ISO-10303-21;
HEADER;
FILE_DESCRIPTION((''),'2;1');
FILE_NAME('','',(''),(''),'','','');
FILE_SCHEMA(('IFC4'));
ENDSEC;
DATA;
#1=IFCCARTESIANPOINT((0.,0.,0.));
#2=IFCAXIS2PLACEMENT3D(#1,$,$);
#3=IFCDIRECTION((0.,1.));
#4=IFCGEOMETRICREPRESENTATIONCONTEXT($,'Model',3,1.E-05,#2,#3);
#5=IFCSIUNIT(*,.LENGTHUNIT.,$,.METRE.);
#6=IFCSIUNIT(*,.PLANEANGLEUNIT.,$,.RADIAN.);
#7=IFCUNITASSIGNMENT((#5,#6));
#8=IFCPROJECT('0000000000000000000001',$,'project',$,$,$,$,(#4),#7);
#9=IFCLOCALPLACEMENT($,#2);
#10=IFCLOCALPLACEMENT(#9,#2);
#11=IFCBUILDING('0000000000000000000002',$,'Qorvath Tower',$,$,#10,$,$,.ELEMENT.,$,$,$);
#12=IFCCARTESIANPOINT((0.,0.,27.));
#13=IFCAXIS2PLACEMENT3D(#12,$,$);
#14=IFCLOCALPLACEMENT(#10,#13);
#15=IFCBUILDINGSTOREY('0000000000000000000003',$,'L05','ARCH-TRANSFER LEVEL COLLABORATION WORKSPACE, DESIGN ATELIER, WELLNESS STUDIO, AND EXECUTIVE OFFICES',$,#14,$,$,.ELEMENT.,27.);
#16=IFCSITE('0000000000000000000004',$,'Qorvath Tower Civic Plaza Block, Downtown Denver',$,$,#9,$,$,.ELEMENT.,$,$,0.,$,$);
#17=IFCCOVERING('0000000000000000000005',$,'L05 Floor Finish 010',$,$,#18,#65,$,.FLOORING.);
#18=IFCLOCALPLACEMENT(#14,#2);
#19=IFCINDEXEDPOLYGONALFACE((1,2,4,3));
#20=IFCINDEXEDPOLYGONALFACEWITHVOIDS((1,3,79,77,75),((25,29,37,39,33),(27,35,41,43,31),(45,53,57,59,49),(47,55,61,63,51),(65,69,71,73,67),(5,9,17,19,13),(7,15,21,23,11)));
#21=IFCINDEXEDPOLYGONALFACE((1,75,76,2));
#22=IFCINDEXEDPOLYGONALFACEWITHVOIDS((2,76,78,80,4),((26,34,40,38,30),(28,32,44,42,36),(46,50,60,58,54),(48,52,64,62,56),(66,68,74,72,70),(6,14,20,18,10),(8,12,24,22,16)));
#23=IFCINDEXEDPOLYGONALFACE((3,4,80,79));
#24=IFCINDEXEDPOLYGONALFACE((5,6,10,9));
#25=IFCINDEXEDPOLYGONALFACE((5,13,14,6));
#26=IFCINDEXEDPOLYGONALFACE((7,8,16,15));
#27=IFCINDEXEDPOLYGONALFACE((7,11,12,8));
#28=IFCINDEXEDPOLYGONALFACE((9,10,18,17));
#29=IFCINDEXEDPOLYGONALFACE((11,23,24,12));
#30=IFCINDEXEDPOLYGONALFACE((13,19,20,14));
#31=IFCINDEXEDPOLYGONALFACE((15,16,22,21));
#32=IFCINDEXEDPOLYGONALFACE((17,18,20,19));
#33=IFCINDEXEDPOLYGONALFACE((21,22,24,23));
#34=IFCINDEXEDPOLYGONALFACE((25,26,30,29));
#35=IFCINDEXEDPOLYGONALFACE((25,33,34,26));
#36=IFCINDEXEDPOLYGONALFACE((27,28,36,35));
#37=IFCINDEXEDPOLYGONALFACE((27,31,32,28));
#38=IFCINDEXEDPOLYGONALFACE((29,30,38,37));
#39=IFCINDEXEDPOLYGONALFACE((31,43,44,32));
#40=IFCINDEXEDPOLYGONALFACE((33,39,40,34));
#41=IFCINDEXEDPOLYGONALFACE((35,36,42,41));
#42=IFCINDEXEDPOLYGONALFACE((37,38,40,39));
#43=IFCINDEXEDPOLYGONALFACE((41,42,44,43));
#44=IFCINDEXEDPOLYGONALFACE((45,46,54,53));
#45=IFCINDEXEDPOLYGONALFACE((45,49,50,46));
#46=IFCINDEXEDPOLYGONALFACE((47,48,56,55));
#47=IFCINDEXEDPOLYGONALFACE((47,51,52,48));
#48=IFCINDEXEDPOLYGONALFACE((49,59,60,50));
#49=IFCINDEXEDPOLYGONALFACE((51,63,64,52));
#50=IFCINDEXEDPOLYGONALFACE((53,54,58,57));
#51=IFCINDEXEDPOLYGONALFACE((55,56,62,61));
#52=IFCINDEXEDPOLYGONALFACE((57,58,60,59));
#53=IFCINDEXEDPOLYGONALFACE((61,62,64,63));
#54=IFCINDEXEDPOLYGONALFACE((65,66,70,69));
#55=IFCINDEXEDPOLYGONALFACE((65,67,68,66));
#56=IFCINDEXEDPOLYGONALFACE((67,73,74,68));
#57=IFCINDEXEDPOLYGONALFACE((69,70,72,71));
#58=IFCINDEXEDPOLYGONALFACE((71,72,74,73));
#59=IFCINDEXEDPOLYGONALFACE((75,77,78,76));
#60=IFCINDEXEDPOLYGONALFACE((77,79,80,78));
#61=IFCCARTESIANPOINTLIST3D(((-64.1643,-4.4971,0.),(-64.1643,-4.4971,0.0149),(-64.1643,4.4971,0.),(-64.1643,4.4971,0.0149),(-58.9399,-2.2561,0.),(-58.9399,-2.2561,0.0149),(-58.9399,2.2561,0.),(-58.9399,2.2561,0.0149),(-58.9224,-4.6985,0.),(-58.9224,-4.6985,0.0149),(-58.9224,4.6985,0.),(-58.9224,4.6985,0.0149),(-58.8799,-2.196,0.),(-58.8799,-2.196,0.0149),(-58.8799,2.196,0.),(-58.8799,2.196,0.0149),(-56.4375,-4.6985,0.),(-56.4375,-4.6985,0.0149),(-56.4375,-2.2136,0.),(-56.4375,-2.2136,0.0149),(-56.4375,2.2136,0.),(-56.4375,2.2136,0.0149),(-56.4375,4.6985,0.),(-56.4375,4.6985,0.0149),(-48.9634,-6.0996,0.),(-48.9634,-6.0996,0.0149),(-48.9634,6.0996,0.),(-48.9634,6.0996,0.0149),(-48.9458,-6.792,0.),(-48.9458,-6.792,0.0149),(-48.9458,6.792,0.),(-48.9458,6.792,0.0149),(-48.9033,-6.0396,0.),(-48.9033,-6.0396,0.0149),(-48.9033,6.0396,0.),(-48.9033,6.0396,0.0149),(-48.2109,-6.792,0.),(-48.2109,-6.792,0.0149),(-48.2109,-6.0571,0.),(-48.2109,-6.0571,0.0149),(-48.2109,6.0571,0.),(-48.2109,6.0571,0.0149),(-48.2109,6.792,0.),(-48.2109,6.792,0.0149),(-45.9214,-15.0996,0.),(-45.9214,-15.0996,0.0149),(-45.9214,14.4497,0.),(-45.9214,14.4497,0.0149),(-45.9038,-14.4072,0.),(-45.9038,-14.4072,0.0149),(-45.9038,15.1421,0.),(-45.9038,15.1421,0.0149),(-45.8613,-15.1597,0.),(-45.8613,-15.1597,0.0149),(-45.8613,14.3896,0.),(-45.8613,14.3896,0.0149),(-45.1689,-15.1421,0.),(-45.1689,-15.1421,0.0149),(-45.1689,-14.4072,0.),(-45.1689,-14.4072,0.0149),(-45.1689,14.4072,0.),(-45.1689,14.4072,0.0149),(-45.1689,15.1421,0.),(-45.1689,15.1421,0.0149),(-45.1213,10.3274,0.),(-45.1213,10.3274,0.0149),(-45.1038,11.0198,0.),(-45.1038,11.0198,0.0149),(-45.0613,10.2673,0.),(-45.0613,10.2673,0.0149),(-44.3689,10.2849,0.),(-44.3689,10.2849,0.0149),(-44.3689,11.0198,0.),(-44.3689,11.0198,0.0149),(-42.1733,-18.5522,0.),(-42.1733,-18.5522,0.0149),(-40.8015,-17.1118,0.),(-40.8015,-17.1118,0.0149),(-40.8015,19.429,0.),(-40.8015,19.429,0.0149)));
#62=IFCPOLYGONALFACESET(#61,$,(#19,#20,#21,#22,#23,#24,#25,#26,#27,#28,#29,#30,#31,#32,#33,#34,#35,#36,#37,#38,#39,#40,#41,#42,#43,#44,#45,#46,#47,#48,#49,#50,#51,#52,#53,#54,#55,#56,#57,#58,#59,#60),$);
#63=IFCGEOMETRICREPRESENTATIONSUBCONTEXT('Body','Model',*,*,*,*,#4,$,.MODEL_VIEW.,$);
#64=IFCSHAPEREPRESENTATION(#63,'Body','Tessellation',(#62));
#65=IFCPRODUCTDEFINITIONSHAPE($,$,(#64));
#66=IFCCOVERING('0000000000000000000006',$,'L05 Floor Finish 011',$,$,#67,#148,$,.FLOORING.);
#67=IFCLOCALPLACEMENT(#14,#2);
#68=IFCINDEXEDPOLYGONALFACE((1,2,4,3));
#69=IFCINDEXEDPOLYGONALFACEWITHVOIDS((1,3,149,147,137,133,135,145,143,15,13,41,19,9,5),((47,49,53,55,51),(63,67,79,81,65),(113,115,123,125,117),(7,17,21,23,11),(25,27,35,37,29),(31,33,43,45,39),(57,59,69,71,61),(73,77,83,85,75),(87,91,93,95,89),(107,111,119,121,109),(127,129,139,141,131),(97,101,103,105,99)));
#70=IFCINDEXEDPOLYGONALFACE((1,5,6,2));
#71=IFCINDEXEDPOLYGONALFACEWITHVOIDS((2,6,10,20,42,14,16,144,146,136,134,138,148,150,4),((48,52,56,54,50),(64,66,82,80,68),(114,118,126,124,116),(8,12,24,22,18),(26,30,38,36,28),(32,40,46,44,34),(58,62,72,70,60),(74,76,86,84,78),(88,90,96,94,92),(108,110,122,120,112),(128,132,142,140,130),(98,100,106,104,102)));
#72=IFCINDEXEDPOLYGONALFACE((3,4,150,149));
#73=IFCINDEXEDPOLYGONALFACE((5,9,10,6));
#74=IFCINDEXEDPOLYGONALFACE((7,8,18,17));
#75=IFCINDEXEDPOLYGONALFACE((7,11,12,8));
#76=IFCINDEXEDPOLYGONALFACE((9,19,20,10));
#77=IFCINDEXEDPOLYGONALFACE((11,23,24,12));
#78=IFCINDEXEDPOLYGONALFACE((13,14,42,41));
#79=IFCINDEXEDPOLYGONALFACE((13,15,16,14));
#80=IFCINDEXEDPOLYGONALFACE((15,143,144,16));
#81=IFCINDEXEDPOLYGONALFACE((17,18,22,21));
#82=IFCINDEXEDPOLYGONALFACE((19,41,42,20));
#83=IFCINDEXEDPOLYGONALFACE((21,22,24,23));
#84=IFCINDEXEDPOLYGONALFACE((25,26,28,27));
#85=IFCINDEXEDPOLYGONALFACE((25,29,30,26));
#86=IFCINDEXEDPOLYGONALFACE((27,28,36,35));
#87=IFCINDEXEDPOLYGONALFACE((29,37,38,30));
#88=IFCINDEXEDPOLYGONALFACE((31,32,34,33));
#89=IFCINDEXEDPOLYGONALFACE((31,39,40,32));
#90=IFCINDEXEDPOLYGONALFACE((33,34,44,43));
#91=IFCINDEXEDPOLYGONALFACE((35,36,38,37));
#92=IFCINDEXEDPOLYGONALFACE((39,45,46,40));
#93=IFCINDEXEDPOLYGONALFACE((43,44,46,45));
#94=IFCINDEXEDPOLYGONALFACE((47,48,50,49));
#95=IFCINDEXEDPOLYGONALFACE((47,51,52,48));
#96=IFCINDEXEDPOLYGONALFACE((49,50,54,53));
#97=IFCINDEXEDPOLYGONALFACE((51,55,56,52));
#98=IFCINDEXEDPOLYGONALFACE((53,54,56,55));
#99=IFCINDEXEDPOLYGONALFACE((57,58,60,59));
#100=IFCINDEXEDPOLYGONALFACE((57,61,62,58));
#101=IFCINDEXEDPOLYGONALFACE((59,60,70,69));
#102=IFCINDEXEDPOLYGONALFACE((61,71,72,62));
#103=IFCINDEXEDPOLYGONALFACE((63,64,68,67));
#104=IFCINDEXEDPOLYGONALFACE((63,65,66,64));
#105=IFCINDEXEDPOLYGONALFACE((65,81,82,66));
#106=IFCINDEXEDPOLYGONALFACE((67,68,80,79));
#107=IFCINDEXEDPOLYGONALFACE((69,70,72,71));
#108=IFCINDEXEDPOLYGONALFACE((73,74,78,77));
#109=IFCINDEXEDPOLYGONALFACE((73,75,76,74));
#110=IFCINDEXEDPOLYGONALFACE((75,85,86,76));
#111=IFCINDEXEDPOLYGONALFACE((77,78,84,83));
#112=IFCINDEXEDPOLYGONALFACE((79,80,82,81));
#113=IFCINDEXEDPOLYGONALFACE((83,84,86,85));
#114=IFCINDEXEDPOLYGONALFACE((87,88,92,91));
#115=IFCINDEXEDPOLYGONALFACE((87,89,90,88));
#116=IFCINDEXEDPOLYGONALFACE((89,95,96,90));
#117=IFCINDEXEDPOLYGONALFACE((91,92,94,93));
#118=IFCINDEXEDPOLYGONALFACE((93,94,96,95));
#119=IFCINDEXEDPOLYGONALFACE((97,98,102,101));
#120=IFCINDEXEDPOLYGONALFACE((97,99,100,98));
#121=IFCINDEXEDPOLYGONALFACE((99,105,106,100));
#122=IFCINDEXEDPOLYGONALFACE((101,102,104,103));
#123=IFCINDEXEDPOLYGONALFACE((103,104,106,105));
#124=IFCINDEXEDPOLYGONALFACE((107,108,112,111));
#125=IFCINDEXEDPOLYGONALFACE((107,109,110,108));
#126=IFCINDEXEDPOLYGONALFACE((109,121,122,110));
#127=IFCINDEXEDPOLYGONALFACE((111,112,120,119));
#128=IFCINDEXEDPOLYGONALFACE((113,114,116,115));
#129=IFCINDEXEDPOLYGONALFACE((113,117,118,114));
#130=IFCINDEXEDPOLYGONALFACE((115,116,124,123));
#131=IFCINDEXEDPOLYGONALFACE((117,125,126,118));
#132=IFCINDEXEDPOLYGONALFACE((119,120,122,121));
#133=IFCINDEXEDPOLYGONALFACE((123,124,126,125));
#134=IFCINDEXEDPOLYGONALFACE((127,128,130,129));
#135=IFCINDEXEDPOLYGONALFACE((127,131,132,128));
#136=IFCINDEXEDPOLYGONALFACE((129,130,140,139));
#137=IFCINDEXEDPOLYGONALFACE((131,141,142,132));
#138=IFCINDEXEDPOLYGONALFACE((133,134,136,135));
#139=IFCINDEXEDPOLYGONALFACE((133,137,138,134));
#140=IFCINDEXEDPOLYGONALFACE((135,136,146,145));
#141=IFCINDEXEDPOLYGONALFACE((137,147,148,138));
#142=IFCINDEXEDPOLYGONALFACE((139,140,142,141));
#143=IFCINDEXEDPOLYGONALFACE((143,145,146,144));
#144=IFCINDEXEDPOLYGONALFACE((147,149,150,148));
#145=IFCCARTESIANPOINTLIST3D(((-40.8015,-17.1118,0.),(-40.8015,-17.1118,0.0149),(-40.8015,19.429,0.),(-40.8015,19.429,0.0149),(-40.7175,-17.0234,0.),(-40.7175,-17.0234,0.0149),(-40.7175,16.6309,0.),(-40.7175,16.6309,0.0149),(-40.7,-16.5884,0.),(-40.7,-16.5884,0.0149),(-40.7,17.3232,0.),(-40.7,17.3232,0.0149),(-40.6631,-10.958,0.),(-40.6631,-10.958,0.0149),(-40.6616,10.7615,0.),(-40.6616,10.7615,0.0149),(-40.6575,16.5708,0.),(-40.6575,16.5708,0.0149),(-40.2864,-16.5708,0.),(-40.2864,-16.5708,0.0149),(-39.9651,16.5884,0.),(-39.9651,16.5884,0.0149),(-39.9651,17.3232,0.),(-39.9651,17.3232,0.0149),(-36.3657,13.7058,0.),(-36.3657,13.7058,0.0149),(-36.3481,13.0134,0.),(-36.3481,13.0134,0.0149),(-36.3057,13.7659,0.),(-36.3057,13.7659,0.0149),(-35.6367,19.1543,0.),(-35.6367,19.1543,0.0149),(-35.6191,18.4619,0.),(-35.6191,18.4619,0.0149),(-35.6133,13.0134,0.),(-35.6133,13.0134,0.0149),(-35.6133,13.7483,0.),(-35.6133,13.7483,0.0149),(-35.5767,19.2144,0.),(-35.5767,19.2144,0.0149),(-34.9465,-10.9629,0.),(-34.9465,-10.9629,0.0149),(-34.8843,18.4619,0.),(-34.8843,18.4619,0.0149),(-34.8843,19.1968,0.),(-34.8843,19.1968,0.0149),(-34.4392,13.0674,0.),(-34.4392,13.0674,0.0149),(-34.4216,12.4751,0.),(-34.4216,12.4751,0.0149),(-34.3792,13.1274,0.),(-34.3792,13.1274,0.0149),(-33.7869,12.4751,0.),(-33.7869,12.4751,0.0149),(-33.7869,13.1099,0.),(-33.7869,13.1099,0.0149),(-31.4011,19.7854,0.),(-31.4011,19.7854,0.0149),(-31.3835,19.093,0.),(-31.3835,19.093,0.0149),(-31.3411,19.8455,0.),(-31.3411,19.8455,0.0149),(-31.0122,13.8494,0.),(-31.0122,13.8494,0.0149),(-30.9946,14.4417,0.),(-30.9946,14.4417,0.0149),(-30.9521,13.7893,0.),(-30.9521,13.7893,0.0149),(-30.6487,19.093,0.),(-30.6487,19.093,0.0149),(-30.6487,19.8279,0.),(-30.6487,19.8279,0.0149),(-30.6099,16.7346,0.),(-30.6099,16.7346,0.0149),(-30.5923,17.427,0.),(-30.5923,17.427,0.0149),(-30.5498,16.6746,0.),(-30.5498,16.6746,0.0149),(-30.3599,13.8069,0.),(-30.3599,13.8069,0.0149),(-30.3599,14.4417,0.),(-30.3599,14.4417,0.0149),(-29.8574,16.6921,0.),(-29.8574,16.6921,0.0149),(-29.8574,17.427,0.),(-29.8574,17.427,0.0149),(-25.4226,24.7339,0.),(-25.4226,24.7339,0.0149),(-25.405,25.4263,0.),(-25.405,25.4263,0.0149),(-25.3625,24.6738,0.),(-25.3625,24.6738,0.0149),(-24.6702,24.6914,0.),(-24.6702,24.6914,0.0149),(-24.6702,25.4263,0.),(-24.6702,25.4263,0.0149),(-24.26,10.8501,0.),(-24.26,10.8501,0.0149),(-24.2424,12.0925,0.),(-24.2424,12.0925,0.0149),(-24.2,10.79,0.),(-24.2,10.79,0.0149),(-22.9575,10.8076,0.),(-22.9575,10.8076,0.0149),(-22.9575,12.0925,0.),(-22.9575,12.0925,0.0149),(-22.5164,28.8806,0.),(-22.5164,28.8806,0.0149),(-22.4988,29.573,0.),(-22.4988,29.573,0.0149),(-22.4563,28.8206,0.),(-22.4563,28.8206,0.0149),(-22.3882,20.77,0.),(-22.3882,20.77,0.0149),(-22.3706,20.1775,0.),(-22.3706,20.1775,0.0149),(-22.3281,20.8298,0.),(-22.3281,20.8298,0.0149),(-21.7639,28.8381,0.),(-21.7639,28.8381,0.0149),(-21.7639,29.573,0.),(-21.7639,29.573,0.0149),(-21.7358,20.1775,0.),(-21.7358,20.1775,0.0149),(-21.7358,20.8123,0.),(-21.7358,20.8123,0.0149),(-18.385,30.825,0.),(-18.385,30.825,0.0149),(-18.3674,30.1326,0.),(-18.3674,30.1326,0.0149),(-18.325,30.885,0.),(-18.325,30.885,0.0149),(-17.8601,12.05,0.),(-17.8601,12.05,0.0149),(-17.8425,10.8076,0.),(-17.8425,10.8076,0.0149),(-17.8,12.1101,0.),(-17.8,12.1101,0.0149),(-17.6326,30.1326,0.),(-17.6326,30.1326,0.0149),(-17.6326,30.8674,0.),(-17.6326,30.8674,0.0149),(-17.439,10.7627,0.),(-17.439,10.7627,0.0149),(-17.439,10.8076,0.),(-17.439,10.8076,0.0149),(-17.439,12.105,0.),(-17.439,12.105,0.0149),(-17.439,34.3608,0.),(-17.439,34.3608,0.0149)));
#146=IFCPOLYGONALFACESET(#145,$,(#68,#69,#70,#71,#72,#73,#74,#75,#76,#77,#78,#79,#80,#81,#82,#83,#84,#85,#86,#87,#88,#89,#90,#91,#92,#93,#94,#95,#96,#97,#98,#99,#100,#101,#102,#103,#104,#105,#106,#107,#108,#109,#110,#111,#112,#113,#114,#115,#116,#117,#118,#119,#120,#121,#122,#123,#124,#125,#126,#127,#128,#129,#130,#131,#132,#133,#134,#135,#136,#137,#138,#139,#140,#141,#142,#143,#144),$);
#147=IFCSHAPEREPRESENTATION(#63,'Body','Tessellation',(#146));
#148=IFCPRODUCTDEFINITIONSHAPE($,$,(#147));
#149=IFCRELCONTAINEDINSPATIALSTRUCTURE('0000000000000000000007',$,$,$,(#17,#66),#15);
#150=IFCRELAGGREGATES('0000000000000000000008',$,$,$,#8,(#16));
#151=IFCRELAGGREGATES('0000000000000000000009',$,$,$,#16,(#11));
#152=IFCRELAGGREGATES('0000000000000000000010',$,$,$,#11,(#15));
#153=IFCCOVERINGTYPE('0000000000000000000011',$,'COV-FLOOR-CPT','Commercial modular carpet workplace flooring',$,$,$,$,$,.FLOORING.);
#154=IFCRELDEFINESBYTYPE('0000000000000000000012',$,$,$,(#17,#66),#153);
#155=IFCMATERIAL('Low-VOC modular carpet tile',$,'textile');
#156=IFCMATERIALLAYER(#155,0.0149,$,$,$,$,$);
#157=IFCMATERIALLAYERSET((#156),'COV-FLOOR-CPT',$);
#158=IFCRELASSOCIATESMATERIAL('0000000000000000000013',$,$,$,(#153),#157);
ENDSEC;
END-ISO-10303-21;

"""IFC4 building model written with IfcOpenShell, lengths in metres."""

from ifc_helpers import new_model, si_unit, direction, frame, origin, place, context, subcontext, project, spatial, polyline, outline, extrude, material, layer, layer_set, type_object, element, save


model = new_model("IFC4")

# Units and contexts
model_context = context("Model", 3, precision=1e-05, world=origin(), true_north=direction((0.0, 1.0)))
body_context = subcontext(model_context, "Body", "Model", "MODEL_VIEW")
ifc_project = project(units=[si_unit("LENGTHUNIT", "METRE"), si_unit("PLANEANGLEUNIT", "RADIAN")], contexts=[model_context])

# Site, building, storey
site_placement = place(None, origin())
site = spatial("IfcSite", under=ifc_project, at=site_placement, Name="Qorvath Tower Civic Plaza Block, Downtown Denver", CompositionType="ELEMENT", RefElevation=0.0)
building_placement = place(site_placement, origin())
building = spatial("IfcBuilding", under=site, at=building_placement, Name="Qorvath Tower", CompositionType="ELEMENT")
storey_placement = place(building_placement, frame((0.0, 0.0, 27.0)))
storey = spatial("IfcBuildingStorey", under=building, at=storey_placement, Name="L05", Description="ARCH-TRANSFER LEVEL COLLABORATION WORKSPACE, DESIGN ATELIER, WELLNESS STUDIO, AND EXECUTIVE OFFICES", CompositionType="ELEMENT", Elevation=27.0)

# Coverings
ifc_material_1 = material(Name="Low-VOC modular carpet tile", Category="textile")
ifc_layer_1 = layer(ifc_material_1, 0.0149)
ifc_layer_set_1 = layer_set([ifc_layer_1], Name="COV-FLOOR-CPT")
covering_type_1 = type_object("IfcCoveringType", Name="COV-FLOOR-CPT", Description="Commercial modular carpet workplace flooring", PredefinedType="FLOORING", material=ifc_layer_set_1)
covering_1_placement = place(storey_placement, origin())
element("IfcCovering", 1, at=covering_1_placement, inside=storey, type_object=covering_type_1, Name="L05 Floor Finish 010", PredefinedType="FLOORING", context=body_context, shape_type="SweptSolid", body=[
    extrude(outline(polyline([(-40.8015, -17.1118), (-40.8015, 19.429), (-64.1643, 4.4971), (-64.1643, -4.4971), (-42.1733, -18.5522), (-40.8015, -17.1118)]), holes=[polyline([(-45.1213, 10.3274), (-45.1038, 11.0198), (-44.3689, 11.0198), (-44.3689, 10.2849), (-45.0613, 10.2673), (-45.1213, 10.3274)]), polyline([(-45.9214, -15.0996), (-45.9038, -14.4072), (-45.1689, -14.4072), (-45.1689, -15.1421), (-45.8613, -15.1597), (-45.9214, -15.0996)]), polyline([(-45.9214, 14.4497), (-45.9038, 15.1421), (-45.1689, 15.1421), (-45.1689, 14.4072), (-45.8613, 14.3896), (-45.9214, 14.4497)]), polyline([(-48.9634, -6.0996), (-48.9033, -6.0396), (-48.2109, -6.0571), (-48.2109, -6.792), (-48.9458, -6.792), (-48.9634, -6.0996)]), polyline([(-48.9634, 6.0996), (-48.9458, 6.792), (-48.2109, 6.792), (-48.2109, 6.0571), (-48.9033, 6.0396), (-48.9634, 6.0996)]), polyline([(-58.9399, -2.2561), (-58.8799, -2.196), (-56.4375, -2.2136), (-56.4375, -4.6985), (-58.9224, -4.6985), (-58.9399, -2.2561)]), polyline([(-58.9399, 2.2561), (-58.9224, 4.6985), (-56.4375, 4.6985), (-56.4375, 2.2136), (-58.8799, 2.196), (-58.9399, 2.2561)])]), origin(), (0.0, 0.0, 1.0), 0.0149),
])
covering_2_placement = place(storey_placement, origin())
element("IfcCovering", 2, at=covering_2_placement, inside=storey, type_object=covering_type_1, Name="L05 Floor Finish 011", PredefinedType="FLOORING", context=body_context, shape_type="SweptSolid", body=[
    extrude(outline(polyline([(-34.9465, -10.9629), (-40.6631, -10.958), (-40.6616, 10.7615), (-17.439, 10.7627), (-17.439, 10.8076), (-17.8425, 10.8076), (-17.8601, 12.05), (-17.8, 12.1101), (-17.439, 12.105), (-17.439, 34.3608), (-40.8015, 19.429), (-40.8015, -17.1118), (-40.7175, -17.0234), (-40.7, -16.5884), (-40.2864, -16.5708), (-34.9465, -10.9629)]), holes=[polyline([(-18.385, 30.825), (-18.325, 30.885), (-17.6326, 30.8674), (-17.6326, 30.1326), (-18.3674, 30.1326), (-18.385, 30.825)]), polyline([(-22.3882, 20.77), (-22.3281, 20.8298), (-21.7358, 20.8123), (-21.7358, 20.1775), (-22.3706, 20.1775), (-22.3882, 20.77)]), polyline([(-22.5164, 28.8806), (-22.4988, 29.573), (-21.7639, 29.573), (-21.7639, 28.8381), (-22.4563, 28.8206), (-22.5164, 28.8806)]), polyline([(-24.26, 10.8501), (-24.2424, 12.0925), (-22.9575, 12.0925), (-22.9575, 10.8076), (-24.2, 10.79), (-24.26, 10.8501)]), polyline([(-25.4226, 24.7339), (-25.405, 25.4263), (-24.6702, 25.4263), (-24.6702, 24.6914), (-25.3625, 24.6738), (-25.4226, 24.7339)]), polyline([(-30.6099, 16.7346), (-30.5923, 17.427), (-29.8574, 17.427), (-29.8574, 16.6921), (-30.5498, 16.6746), (-30.6099, 16.7346)]), polyline([(-31.0122, 13.8494), (-30.9946, 14.4417), (-30.3599, 14.4417), (-30.3599, 13.8069), (-30.9521, 13.7893), (-31.0122, 13.8494)]), polyline([(-31.4011, 19.7854), (-31.3411, 19.8455), (-30.6487, 19.8279), (-30.6487, 19.093), (-31.3835, 19.093), (-31.4011, 19.7854)]), polyline([(-34.4392, 13.0674), (-34.3792, 13.1274), (-33.7869, 13.1099), (-33.7869, 12.4751), (-34.4216, 12.4751), (-34.4392, 13.0674)]), polyline([(-35.6367, 19.1543), (-35.5767, 19.2144), (-34.8843, 19.1968), (-34.8843, 18.4619), (-35.6191, 18.4619), (-35.6367, 19.1543)]), polyline([(-36.3657, 13.7058), (-36.3057, 13.7659), (-35.6133, 13.7483), (-35.6133, 13.0134), (-36.3481, 13.0134), (-36.3657, 13.7058)]), polyline([(-40.7175, 16.6309), (-40.7, 17.3232), (-39.9651, 17.3232), (-39.9651, 16.5884), (-40.6575, 16.5708), (-40.7175, 16.6309)])]), origin(), (0.0, 0.0, 1.0), 0.0149),
])

save(model, "model.ifc")
